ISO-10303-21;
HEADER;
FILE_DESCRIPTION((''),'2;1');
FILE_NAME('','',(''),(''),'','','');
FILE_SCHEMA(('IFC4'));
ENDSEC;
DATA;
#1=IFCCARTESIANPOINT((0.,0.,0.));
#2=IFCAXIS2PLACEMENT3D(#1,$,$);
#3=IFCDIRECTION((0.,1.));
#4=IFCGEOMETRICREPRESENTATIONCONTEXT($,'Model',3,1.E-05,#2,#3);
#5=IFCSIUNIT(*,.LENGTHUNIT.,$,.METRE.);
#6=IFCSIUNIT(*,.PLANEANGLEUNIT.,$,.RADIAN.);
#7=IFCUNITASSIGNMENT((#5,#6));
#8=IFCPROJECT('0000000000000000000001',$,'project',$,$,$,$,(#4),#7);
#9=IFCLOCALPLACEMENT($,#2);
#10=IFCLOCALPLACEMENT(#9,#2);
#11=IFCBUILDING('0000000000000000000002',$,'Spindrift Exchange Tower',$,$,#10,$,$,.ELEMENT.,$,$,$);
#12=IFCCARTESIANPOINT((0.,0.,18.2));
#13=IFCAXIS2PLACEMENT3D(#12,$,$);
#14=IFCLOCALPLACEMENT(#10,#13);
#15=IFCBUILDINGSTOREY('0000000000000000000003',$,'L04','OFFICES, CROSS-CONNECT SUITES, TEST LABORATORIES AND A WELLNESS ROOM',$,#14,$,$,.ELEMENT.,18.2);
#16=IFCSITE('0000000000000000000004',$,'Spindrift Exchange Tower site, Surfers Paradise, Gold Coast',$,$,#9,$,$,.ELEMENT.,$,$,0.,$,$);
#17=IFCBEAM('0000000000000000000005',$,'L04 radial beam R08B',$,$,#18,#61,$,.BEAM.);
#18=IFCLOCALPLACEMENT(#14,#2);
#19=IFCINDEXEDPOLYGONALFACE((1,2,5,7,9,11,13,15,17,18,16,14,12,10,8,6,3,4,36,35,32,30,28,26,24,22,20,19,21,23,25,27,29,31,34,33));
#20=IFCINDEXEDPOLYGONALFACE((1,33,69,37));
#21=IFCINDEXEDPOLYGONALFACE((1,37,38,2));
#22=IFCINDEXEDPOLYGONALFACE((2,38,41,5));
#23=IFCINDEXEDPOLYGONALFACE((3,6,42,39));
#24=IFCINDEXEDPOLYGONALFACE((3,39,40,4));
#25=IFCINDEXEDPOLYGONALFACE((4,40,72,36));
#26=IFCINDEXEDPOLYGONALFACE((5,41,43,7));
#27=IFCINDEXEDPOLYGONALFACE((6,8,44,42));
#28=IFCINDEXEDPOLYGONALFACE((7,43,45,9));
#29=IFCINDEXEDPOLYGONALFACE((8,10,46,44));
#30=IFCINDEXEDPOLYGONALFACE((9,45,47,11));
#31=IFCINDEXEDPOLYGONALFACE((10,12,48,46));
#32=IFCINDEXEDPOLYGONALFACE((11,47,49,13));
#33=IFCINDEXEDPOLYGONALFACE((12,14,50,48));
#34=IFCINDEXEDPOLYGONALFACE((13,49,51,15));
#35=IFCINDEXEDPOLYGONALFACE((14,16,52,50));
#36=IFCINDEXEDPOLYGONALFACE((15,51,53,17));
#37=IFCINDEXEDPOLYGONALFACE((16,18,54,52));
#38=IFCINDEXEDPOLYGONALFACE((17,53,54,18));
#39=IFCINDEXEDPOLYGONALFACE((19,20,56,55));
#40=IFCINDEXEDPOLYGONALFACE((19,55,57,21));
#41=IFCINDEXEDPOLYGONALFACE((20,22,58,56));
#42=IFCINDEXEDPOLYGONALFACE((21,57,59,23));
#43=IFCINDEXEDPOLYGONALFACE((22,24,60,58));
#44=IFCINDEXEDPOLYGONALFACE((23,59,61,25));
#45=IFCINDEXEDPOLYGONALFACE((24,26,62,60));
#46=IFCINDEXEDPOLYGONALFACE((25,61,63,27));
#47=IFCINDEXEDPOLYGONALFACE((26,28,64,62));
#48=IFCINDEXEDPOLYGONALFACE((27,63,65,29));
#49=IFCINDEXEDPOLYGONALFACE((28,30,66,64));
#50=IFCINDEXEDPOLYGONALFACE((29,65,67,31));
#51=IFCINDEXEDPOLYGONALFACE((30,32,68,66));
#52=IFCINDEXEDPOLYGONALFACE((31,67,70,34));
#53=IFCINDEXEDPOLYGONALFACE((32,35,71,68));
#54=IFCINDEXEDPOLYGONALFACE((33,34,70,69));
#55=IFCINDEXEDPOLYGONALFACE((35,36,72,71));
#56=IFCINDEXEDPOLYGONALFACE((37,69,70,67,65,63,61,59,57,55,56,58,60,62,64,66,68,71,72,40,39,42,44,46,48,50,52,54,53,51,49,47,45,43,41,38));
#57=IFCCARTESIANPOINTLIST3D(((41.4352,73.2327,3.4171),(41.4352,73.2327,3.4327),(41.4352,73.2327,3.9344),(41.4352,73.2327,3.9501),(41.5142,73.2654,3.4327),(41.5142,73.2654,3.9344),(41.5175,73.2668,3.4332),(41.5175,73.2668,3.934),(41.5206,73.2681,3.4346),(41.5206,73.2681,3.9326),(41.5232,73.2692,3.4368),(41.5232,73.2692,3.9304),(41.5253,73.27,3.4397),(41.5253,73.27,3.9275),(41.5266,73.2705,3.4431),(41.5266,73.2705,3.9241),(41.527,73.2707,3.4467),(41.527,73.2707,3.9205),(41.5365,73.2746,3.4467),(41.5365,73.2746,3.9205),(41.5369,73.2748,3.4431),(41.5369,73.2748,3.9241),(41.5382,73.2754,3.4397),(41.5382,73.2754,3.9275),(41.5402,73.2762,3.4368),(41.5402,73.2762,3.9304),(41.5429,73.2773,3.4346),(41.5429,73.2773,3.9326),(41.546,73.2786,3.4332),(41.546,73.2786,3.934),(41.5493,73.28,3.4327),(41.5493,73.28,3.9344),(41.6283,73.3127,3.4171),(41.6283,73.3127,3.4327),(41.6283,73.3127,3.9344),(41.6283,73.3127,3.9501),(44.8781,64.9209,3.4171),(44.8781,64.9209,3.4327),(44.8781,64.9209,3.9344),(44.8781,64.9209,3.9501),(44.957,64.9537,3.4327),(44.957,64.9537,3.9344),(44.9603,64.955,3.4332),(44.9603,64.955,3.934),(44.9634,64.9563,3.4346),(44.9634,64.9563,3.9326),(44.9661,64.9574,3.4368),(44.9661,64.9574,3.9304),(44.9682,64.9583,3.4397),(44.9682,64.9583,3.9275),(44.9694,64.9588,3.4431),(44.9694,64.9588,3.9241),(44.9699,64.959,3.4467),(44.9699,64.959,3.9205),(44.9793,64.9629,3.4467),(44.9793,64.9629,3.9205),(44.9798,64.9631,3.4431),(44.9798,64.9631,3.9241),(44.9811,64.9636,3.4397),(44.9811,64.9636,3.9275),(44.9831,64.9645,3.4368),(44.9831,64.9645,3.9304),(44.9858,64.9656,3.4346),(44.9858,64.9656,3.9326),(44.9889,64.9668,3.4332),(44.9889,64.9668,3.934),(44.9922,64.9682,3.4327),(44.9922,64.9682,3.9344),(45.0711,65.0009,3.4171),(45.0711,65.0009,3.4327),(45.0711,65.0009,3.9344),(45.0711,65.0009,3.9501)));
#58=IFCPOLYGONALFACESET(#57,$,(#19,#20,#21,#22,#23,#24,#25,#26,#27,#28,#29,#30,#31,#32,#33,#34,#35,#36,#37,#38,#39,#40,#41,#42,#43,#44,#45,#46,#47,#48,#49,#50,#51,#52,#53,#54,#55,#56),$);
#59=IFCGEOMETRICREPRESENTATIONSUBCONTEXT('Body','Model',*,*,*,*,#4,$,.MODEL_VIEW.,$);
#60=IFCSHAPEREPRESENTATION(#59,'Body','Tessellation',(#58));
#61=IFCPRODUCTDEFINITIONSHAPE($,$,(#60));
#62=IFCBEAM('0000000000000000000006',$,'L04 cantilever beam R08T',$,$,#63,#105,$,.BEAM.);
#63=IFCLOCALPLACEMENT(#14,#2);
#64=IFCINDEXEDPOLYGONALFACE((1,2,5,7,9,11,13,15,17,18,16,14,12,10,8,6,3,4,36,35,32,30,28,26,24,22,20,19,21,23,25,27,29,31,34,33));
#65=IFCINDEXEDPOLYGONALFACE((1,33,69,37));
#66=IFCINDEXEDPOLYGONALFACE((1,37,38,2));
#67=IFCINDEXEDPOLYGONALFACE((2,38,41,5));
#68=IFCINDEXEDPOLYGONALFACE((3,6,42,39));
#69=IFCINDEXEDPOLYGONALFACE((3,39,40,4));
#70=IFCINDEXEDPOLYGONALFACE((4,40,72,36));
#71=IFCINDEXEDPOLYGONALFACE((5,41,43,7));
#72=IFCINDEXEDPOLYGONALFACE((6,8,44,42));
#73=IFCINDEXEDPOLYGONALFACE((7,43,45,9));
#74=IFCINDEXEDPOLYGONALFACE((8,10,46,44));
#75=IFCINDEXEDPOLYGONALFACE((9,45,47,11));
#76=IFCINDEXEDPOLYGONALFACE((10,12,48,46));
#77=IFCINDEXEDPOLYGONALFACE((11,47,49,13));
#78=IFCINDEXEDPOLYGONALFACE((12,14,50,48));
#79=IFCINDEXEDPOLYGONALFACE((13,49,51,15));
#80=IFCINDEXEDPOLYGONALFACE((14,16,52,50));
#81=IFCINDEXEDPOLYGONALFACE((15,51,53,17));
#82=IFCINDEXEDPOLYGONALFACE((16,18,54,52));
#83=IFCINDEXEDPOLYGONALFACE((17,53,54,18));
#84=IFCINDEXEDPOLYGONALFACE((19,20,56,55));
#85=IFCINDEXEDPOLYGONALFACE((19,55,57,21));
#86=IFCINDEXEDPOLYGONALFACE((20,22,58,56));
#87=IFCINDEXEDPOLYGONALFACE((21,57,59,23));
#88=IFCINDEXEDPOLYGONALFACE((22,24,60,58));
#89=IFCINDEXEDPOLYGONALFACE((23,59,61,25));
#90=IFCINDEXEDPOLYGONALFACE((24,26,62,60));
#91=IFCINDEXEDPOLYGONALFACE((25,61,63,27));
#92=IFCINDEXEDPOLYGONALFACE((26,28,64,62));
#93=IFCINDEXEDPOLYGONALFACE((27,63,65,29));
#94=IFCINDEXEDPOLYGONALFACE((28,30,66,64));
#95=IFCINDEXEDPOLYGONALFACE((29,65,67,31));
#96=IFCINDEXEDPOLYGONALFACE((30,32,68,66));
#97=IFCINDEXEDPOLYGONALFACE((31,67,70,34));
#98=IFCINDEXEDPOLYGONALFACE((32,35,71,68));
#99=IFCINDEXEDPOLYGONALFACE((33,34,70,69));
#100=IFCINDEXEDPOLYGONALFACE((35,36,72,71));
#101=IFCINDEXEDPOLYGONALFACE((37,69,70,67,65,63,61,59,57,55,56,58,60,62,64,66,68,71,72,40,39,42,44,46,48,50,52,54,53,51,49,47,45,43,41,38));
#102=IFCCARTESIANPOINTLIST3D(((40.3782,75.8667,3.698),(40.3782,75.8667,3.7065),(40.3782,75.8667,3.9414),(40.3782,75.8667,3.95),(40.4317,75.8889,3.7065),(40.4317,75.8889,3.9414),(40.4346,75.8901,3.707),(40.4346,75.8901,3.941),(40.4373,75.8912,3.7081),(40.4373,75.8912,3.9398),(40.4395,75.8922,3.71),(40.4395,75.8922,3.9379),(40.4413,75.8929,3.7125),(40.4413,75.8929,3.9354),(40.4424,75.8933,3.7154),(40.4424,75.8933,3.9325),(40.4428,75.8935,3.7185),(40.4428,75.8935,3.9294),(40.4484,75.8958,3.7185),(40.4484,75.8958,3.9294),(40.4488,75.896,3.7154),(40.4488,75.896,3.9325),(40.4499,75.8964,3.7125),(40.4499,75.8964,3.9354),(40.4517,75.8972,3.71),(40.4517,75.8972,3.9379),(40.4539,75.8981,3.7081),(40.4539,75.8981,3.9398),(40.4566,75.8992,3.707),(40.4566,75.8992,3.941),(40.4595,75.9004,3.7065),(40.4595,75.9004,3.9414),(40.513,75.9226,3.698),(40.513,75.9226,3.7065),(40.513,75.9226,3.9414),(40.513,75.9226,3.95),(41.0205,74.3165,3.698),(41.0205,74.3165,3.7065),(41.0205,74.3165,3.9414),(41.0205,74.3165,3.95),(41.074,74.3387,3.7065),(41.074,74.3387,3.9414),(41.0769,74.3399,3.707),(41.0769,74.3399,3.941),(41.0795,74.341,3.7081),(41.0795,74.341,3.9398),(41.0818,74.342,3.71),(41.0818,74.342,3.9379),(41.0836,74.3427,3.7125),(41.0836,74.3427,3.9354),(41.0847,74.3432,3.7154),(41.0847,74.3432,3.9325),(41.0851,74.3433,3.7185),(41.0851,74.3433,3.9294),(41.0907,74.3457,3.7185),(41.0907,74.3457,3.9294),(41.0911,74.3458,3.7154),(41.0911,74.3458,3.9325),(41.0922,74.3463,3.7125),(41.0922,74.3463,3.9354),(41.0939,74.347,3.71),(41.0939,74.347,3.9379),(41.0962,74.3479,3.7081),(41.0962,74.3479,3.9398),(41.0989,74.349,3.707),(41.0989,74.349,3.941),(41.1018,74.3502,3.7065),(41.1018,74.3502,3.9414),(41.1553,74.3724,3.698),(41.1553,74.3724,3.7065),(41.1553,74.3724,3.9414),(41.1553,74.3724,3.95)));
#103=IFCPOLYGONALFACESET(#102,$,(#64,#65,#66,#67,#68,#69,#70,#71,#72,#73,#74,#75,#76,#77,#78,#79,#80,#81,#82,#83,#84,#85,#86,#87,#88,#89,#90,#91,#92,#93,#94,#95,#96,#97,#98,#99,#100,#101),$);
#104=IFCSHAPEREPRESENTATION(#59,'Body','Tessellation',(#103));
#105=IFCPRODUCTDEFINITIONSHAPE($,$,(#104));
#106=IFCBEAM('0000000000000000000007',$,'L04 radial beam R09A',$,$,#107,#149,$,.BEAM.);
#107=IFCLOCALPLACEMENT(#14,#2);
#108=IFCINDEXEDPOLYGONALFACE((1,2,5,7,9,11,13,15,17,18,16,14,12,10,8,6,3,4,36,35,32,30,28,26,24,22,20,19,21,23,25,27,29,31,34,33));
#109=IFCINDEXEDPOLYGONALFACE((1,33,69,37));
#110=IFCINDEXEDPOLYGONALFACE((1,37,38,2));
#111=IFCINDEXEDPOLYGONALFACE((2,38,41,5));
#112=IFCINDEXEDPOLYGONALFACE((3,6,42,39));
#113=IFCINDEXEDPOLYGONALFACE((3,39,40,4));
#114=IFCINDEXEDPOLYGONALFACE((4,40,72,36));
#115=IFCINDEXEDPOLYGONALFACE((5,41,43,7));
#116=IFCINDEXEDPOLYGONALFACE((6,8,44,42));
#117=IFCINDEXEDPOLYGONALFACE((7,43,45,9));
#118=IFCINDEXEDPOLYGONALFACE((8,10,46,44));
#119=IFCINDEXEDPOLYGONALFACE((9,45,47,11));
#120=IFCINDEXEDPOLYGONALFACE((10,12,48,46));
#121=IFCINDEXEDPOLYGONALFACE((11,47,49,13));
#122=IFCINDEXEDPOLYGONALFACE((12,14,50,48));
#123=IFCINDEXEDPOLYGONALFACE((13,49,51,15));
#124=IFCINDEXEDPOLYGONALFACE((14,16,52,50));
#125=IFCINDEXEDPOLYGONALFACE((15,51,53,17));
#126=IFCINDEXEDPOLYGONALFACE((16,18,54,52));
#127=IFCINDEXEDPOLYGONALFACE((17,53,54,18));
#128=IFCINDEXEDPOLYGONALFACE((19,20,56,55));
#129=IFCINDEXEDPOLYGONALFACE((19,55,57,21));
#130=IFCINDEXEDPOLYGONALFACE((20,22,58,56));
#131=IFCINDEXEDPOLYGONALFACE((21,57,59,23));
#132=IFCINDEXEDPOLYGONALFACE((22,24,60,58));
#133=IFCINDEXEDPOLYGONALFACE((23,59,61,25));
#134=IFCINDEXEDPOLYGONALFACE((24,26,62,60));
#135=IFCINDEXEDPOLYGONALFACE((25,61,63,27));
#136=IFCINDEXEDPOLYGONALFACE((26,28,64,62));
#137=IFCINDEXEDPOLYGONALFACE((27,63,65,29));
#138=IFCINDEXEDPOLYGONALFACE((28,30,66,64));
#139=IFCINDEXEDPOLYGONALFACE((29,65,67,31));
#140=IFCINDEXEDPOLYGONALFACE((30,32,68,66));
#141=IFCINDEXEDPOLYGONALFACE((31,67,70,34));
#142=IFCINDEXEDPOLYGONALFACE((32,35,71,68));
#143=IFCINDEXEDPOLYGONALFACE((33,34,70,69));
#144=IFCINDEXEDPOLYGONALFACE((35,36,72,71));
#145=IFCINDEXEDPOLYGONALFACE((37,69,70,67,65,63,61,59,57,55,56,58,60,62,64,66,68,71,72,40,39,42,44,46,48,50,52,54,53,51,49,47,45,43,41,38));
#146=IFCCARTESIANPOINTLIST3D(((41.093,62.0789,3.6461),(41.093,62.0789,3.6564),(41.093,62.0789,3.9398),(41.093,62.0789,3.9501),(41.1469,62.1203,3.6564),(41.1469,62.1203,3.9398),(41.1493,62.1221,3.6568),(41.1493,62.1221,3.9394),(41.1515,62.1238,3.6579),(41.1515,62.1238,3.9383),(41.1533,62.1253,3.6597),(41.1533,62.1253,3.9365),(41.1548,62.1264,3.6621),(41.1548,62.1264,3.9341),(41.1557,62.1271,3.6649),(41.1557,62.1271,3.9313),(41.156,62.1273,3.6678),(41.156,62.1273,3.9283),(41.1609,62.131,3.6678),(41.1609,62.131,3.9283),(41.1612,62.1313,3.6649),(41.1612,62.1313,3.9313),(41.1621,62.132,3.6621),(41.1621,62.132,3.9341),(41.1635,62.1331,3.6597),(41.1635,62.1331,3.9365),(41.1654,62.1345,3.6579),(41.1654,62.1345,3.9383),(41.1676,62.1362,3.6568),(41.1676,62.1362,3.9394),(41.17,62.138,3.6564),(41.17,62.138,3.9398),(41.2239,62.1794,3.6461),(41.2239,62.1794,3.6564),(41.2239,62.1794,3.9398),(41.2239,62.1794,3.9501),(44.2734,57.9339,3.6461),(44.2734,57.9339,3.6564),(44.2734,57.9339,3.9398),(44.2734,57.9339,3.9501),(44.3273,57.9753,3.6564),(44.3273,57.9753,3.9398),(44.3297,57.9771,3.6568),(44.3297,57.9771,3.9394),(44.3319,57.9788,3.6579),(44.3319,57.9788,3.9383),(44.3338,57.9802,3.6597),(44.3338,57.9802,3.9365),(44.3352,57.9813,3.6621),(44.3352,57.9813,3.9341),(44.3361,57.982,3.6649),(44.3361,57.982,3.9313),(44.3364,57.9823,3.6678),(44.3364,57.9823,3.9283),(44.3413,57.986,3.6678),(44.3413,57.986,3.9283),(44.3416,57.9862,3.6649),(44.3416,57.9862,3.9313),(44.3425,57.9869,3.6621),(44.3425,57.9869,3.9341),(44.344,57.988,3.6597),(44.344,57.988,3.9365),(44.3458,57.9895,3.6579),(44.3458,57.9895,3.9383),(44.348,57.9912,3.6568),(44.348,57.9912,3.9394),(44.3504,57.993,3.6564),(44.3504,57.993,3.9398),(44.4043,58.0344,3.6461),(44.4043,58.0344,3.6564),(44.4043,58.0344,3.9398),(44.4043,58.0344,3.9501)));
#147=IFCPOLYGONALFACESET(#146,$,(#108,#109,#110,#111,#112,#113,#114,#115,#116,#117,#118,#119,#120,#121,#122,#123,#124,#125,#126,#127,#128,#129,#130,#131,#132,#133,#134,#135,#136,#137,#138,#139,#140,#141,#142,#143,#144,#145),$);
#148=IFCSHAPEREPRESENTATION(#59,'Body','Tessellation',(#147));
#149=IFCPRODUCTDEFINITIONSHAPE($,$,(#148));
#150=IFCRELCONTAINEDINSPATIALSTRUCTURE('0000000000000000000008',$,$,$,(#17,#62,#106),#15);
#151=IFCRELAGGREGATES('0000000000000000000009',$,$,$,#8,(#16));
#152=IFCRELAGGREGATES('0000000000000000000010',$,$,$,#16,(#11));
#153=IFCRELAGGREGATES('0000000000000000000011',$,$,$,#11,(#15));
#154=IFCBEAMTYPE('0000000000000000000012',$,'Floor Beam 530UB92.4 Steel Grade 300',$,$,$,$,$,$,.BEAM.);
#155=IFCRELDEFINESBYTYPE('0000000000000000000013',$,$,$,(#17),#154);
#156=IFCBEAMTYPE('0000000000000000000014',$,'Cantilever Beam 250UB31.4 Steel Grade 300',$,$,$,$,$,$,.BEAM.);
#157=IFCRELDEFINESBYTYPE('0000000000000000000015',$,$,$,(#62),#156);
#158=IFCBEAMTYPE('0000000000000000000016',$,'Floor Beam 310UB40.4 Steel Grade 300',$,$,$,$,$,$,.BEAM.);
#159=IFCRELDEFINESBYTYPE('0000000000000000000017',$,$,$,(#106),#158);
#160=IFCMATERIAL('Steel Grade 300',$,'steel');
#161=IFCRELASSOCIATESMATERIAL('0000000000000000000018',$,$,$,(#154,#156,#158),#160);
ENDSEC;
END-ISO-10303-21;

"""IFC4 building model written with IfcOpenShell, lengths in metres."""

from ifc_helpers import new_model, si_unit, direction, frame, origin, origin_2d, place, context, subcontext, project, spatial, i_section, extrude, source, transform, mapped, material, material_profile, profile_set, type_object, element, save


model = new_model("IFC4")

# Units and contexts
model_context = context("Model", 3, precision=1e-05, world=origin(), true_north=direction((0.0, 1.0)))
body_context = subcontext(model_context, "Body", "Model", "MODEL_VIEW")
ifc_project = project(units=[si_unit("LENGTHUNIT", "METRE"), si_unit("PLANEANGLEUNIT", "RADIAN")], contexts=[model_context])

# Site, building, storey
site_placement = place(None, origin())
site = spatial("IfcSite", under=ifc_project, at=site_placement, Name="Spindrift Exchange Tower site, Surfers Paradise, Gold Coast", CompositionType="ELEMENT", RefElevation=0.0)
building_placement = place(site_placement, origin())
building = spatial("IfcBuilding", under=site, at=building_placement, Name="Spindrift Exchange Tower", CompositionType="ELEMENT")
storey_placement = place(building_placement, frame((0.0, 0.0, 18.2)))
storey = spatial("IfcBuildingStorey", under=building, at=storey_placement, Name="L04", Description="OFFICES, CROSS-CONNECT SUITES, TEST LABORATORIES AND A WELLNESS ROOM", CompositionType="ELEMENT", Elevation=18.2)

# Beams
ifc_material_1 = material(Name="Steel Grade 300", Category="steel")
ifc_material_profile_1 = material_profile(ifc_material_1, i_section(OverallWidth=0.209, OverallDepth=0.533, WebThickness=0.0103, FlangeThickness=0.0156, FilletRadius=0.0139, at=origin_2d()), Name="530UB92.4")
ifc_profile_set_1 = profile_set([ifc_material_profile_1], Name="Steel Grade 300")
beam_type_1 = type_object("IfcBeamType", Name="Floor Beam 530UB92.4 Steel Grade 300", PredefinedType="BEAM", material=ifc_profile_set_1)
ifc_material_profile_2 = material_profile(ifc_material_1, i_section(OverallWidth=0.146, OverallDepth=0.252, WebThickness=0.0061, FlangeThickness=0.0085, FilletRadius=0.012, at=origin_2d()), Name="250UB31.4")
ifc_profile_set_2 = profile_set([ifc_material_profile_2], Name="Steel Grade 300")
beam_type_2 = type_object("IfcBeamType", Name="Cantilever Beam 250UB31.4 Steel Grade 300", PredefinedType="BEAM", material=ifc_profile_set_2)
shared_shape_1 = source(origin(), body_context, "Body", "SweptSolid", [
    extrude(i_section(OverallWidth=0.209, OverallDepth=0.533, WebThickness=0.0103, FlangeThickness=0.0156, FilletRadius=0.0139, at=origin_2d()), origin(), (0.0, 0.0, 1.0), 8.9966),
])
beam_1_placement = place(storey_placement, frame((44.9746, 64.9609, 3.6836), z_axis=(-0.382686, 0.923879, 0.0), x_axis=(-0.923879, -0.382686, 0.0)))
element("IfcBeam", 1, at=beam_1_placement, inside=storey, type_object=beam_type_1, Name="L04 radial beam R08B", PredefinedType="BEAM", context=body_context, shape_type="MappedRepresentation", body=[
    mapped(shared_shape_1, transform((0.0, 0.0, 0.0), scale=1.0)),
])
shared_shape_2 = source(origin(), body_context, "Body", "SweptSolid", [
    extrude(i_section(OverallWidth=0.146, OverallDepth=0.252, WebThickness=0.0061, FlangeThickness=0.0085, FilletRadius=0.012, at=origin_2d()), origin(), (0.0, 0.0, 1.0), 1.678),
])
beam_2_placement = place(storey_placement, frame((41.0879, 74.3445, 3.824), z_axis=(-0.382776, 0.923841, 0.0), x_axis=(-0.923841, -0.382776, 0.0)))
element("IfcBeam", 2, at=beam_2_placement, inside=storey, type_object=beam_type_2, Name="L04 cantilever beam R08T", PredefinedType="BEAM", context=body_context, shape_type="MappedRepresentation", body=[
    mapped(shared_shape_2, transform((0.0, 0.0, 0.0), scale=1.0)),
])
ifc_material_profile_3 = material_profile(ifc_material_1, i_section(OverallWidth=0.165, OverallDepth=0.304, WebThickness=0.0061, FlangeThickness=0.0103, FilletRadius=0.0115, at=origin_2d()), Name="310UB40.4")
ifc_profile_set_3 = profile_set([ifc_material_profile_3], Name="Steel Grade 300")
beam_type_3 = type_object("IfcBeamType", Name="Floor Beam 310UB40.4 Steel Grade 300", PredefinedType="BEAM", material=ifc_profile_set_3)
shared_shape_3 = source(origin(), body_context, "Body", "SweptSolid", [
    extrude(i_section(OverallWidth=0.165, OverallDepth=0.304, WebThickness=0.0061, FlangeThickness=0.0103, FilletRadius=0.0115, at=origin_2d()), origin(), (0.0, 0.0, 1.0), 5.2246),
])
beam_3_placement = place(storey_placement, frame((44.3389, 57.9841, 3.7981), z_axis=(-0.608741, 0.793369, 0.0), x_axis=(-0.793369, -0.608741, 0.0)))
element("IfcBeam", 3, at=beam_3_placement, inside=storey, type_object=beam_type_3, Name="L04 radial beam R09A", PredefinedType="BEAM", context=body_context, shape_type="MappedRepresentation", body=[
    mapped(shared_shape_3, transform((0.0, 0.0, 0.0), scale=1.0)),
])

save(model, "model.ifc")
